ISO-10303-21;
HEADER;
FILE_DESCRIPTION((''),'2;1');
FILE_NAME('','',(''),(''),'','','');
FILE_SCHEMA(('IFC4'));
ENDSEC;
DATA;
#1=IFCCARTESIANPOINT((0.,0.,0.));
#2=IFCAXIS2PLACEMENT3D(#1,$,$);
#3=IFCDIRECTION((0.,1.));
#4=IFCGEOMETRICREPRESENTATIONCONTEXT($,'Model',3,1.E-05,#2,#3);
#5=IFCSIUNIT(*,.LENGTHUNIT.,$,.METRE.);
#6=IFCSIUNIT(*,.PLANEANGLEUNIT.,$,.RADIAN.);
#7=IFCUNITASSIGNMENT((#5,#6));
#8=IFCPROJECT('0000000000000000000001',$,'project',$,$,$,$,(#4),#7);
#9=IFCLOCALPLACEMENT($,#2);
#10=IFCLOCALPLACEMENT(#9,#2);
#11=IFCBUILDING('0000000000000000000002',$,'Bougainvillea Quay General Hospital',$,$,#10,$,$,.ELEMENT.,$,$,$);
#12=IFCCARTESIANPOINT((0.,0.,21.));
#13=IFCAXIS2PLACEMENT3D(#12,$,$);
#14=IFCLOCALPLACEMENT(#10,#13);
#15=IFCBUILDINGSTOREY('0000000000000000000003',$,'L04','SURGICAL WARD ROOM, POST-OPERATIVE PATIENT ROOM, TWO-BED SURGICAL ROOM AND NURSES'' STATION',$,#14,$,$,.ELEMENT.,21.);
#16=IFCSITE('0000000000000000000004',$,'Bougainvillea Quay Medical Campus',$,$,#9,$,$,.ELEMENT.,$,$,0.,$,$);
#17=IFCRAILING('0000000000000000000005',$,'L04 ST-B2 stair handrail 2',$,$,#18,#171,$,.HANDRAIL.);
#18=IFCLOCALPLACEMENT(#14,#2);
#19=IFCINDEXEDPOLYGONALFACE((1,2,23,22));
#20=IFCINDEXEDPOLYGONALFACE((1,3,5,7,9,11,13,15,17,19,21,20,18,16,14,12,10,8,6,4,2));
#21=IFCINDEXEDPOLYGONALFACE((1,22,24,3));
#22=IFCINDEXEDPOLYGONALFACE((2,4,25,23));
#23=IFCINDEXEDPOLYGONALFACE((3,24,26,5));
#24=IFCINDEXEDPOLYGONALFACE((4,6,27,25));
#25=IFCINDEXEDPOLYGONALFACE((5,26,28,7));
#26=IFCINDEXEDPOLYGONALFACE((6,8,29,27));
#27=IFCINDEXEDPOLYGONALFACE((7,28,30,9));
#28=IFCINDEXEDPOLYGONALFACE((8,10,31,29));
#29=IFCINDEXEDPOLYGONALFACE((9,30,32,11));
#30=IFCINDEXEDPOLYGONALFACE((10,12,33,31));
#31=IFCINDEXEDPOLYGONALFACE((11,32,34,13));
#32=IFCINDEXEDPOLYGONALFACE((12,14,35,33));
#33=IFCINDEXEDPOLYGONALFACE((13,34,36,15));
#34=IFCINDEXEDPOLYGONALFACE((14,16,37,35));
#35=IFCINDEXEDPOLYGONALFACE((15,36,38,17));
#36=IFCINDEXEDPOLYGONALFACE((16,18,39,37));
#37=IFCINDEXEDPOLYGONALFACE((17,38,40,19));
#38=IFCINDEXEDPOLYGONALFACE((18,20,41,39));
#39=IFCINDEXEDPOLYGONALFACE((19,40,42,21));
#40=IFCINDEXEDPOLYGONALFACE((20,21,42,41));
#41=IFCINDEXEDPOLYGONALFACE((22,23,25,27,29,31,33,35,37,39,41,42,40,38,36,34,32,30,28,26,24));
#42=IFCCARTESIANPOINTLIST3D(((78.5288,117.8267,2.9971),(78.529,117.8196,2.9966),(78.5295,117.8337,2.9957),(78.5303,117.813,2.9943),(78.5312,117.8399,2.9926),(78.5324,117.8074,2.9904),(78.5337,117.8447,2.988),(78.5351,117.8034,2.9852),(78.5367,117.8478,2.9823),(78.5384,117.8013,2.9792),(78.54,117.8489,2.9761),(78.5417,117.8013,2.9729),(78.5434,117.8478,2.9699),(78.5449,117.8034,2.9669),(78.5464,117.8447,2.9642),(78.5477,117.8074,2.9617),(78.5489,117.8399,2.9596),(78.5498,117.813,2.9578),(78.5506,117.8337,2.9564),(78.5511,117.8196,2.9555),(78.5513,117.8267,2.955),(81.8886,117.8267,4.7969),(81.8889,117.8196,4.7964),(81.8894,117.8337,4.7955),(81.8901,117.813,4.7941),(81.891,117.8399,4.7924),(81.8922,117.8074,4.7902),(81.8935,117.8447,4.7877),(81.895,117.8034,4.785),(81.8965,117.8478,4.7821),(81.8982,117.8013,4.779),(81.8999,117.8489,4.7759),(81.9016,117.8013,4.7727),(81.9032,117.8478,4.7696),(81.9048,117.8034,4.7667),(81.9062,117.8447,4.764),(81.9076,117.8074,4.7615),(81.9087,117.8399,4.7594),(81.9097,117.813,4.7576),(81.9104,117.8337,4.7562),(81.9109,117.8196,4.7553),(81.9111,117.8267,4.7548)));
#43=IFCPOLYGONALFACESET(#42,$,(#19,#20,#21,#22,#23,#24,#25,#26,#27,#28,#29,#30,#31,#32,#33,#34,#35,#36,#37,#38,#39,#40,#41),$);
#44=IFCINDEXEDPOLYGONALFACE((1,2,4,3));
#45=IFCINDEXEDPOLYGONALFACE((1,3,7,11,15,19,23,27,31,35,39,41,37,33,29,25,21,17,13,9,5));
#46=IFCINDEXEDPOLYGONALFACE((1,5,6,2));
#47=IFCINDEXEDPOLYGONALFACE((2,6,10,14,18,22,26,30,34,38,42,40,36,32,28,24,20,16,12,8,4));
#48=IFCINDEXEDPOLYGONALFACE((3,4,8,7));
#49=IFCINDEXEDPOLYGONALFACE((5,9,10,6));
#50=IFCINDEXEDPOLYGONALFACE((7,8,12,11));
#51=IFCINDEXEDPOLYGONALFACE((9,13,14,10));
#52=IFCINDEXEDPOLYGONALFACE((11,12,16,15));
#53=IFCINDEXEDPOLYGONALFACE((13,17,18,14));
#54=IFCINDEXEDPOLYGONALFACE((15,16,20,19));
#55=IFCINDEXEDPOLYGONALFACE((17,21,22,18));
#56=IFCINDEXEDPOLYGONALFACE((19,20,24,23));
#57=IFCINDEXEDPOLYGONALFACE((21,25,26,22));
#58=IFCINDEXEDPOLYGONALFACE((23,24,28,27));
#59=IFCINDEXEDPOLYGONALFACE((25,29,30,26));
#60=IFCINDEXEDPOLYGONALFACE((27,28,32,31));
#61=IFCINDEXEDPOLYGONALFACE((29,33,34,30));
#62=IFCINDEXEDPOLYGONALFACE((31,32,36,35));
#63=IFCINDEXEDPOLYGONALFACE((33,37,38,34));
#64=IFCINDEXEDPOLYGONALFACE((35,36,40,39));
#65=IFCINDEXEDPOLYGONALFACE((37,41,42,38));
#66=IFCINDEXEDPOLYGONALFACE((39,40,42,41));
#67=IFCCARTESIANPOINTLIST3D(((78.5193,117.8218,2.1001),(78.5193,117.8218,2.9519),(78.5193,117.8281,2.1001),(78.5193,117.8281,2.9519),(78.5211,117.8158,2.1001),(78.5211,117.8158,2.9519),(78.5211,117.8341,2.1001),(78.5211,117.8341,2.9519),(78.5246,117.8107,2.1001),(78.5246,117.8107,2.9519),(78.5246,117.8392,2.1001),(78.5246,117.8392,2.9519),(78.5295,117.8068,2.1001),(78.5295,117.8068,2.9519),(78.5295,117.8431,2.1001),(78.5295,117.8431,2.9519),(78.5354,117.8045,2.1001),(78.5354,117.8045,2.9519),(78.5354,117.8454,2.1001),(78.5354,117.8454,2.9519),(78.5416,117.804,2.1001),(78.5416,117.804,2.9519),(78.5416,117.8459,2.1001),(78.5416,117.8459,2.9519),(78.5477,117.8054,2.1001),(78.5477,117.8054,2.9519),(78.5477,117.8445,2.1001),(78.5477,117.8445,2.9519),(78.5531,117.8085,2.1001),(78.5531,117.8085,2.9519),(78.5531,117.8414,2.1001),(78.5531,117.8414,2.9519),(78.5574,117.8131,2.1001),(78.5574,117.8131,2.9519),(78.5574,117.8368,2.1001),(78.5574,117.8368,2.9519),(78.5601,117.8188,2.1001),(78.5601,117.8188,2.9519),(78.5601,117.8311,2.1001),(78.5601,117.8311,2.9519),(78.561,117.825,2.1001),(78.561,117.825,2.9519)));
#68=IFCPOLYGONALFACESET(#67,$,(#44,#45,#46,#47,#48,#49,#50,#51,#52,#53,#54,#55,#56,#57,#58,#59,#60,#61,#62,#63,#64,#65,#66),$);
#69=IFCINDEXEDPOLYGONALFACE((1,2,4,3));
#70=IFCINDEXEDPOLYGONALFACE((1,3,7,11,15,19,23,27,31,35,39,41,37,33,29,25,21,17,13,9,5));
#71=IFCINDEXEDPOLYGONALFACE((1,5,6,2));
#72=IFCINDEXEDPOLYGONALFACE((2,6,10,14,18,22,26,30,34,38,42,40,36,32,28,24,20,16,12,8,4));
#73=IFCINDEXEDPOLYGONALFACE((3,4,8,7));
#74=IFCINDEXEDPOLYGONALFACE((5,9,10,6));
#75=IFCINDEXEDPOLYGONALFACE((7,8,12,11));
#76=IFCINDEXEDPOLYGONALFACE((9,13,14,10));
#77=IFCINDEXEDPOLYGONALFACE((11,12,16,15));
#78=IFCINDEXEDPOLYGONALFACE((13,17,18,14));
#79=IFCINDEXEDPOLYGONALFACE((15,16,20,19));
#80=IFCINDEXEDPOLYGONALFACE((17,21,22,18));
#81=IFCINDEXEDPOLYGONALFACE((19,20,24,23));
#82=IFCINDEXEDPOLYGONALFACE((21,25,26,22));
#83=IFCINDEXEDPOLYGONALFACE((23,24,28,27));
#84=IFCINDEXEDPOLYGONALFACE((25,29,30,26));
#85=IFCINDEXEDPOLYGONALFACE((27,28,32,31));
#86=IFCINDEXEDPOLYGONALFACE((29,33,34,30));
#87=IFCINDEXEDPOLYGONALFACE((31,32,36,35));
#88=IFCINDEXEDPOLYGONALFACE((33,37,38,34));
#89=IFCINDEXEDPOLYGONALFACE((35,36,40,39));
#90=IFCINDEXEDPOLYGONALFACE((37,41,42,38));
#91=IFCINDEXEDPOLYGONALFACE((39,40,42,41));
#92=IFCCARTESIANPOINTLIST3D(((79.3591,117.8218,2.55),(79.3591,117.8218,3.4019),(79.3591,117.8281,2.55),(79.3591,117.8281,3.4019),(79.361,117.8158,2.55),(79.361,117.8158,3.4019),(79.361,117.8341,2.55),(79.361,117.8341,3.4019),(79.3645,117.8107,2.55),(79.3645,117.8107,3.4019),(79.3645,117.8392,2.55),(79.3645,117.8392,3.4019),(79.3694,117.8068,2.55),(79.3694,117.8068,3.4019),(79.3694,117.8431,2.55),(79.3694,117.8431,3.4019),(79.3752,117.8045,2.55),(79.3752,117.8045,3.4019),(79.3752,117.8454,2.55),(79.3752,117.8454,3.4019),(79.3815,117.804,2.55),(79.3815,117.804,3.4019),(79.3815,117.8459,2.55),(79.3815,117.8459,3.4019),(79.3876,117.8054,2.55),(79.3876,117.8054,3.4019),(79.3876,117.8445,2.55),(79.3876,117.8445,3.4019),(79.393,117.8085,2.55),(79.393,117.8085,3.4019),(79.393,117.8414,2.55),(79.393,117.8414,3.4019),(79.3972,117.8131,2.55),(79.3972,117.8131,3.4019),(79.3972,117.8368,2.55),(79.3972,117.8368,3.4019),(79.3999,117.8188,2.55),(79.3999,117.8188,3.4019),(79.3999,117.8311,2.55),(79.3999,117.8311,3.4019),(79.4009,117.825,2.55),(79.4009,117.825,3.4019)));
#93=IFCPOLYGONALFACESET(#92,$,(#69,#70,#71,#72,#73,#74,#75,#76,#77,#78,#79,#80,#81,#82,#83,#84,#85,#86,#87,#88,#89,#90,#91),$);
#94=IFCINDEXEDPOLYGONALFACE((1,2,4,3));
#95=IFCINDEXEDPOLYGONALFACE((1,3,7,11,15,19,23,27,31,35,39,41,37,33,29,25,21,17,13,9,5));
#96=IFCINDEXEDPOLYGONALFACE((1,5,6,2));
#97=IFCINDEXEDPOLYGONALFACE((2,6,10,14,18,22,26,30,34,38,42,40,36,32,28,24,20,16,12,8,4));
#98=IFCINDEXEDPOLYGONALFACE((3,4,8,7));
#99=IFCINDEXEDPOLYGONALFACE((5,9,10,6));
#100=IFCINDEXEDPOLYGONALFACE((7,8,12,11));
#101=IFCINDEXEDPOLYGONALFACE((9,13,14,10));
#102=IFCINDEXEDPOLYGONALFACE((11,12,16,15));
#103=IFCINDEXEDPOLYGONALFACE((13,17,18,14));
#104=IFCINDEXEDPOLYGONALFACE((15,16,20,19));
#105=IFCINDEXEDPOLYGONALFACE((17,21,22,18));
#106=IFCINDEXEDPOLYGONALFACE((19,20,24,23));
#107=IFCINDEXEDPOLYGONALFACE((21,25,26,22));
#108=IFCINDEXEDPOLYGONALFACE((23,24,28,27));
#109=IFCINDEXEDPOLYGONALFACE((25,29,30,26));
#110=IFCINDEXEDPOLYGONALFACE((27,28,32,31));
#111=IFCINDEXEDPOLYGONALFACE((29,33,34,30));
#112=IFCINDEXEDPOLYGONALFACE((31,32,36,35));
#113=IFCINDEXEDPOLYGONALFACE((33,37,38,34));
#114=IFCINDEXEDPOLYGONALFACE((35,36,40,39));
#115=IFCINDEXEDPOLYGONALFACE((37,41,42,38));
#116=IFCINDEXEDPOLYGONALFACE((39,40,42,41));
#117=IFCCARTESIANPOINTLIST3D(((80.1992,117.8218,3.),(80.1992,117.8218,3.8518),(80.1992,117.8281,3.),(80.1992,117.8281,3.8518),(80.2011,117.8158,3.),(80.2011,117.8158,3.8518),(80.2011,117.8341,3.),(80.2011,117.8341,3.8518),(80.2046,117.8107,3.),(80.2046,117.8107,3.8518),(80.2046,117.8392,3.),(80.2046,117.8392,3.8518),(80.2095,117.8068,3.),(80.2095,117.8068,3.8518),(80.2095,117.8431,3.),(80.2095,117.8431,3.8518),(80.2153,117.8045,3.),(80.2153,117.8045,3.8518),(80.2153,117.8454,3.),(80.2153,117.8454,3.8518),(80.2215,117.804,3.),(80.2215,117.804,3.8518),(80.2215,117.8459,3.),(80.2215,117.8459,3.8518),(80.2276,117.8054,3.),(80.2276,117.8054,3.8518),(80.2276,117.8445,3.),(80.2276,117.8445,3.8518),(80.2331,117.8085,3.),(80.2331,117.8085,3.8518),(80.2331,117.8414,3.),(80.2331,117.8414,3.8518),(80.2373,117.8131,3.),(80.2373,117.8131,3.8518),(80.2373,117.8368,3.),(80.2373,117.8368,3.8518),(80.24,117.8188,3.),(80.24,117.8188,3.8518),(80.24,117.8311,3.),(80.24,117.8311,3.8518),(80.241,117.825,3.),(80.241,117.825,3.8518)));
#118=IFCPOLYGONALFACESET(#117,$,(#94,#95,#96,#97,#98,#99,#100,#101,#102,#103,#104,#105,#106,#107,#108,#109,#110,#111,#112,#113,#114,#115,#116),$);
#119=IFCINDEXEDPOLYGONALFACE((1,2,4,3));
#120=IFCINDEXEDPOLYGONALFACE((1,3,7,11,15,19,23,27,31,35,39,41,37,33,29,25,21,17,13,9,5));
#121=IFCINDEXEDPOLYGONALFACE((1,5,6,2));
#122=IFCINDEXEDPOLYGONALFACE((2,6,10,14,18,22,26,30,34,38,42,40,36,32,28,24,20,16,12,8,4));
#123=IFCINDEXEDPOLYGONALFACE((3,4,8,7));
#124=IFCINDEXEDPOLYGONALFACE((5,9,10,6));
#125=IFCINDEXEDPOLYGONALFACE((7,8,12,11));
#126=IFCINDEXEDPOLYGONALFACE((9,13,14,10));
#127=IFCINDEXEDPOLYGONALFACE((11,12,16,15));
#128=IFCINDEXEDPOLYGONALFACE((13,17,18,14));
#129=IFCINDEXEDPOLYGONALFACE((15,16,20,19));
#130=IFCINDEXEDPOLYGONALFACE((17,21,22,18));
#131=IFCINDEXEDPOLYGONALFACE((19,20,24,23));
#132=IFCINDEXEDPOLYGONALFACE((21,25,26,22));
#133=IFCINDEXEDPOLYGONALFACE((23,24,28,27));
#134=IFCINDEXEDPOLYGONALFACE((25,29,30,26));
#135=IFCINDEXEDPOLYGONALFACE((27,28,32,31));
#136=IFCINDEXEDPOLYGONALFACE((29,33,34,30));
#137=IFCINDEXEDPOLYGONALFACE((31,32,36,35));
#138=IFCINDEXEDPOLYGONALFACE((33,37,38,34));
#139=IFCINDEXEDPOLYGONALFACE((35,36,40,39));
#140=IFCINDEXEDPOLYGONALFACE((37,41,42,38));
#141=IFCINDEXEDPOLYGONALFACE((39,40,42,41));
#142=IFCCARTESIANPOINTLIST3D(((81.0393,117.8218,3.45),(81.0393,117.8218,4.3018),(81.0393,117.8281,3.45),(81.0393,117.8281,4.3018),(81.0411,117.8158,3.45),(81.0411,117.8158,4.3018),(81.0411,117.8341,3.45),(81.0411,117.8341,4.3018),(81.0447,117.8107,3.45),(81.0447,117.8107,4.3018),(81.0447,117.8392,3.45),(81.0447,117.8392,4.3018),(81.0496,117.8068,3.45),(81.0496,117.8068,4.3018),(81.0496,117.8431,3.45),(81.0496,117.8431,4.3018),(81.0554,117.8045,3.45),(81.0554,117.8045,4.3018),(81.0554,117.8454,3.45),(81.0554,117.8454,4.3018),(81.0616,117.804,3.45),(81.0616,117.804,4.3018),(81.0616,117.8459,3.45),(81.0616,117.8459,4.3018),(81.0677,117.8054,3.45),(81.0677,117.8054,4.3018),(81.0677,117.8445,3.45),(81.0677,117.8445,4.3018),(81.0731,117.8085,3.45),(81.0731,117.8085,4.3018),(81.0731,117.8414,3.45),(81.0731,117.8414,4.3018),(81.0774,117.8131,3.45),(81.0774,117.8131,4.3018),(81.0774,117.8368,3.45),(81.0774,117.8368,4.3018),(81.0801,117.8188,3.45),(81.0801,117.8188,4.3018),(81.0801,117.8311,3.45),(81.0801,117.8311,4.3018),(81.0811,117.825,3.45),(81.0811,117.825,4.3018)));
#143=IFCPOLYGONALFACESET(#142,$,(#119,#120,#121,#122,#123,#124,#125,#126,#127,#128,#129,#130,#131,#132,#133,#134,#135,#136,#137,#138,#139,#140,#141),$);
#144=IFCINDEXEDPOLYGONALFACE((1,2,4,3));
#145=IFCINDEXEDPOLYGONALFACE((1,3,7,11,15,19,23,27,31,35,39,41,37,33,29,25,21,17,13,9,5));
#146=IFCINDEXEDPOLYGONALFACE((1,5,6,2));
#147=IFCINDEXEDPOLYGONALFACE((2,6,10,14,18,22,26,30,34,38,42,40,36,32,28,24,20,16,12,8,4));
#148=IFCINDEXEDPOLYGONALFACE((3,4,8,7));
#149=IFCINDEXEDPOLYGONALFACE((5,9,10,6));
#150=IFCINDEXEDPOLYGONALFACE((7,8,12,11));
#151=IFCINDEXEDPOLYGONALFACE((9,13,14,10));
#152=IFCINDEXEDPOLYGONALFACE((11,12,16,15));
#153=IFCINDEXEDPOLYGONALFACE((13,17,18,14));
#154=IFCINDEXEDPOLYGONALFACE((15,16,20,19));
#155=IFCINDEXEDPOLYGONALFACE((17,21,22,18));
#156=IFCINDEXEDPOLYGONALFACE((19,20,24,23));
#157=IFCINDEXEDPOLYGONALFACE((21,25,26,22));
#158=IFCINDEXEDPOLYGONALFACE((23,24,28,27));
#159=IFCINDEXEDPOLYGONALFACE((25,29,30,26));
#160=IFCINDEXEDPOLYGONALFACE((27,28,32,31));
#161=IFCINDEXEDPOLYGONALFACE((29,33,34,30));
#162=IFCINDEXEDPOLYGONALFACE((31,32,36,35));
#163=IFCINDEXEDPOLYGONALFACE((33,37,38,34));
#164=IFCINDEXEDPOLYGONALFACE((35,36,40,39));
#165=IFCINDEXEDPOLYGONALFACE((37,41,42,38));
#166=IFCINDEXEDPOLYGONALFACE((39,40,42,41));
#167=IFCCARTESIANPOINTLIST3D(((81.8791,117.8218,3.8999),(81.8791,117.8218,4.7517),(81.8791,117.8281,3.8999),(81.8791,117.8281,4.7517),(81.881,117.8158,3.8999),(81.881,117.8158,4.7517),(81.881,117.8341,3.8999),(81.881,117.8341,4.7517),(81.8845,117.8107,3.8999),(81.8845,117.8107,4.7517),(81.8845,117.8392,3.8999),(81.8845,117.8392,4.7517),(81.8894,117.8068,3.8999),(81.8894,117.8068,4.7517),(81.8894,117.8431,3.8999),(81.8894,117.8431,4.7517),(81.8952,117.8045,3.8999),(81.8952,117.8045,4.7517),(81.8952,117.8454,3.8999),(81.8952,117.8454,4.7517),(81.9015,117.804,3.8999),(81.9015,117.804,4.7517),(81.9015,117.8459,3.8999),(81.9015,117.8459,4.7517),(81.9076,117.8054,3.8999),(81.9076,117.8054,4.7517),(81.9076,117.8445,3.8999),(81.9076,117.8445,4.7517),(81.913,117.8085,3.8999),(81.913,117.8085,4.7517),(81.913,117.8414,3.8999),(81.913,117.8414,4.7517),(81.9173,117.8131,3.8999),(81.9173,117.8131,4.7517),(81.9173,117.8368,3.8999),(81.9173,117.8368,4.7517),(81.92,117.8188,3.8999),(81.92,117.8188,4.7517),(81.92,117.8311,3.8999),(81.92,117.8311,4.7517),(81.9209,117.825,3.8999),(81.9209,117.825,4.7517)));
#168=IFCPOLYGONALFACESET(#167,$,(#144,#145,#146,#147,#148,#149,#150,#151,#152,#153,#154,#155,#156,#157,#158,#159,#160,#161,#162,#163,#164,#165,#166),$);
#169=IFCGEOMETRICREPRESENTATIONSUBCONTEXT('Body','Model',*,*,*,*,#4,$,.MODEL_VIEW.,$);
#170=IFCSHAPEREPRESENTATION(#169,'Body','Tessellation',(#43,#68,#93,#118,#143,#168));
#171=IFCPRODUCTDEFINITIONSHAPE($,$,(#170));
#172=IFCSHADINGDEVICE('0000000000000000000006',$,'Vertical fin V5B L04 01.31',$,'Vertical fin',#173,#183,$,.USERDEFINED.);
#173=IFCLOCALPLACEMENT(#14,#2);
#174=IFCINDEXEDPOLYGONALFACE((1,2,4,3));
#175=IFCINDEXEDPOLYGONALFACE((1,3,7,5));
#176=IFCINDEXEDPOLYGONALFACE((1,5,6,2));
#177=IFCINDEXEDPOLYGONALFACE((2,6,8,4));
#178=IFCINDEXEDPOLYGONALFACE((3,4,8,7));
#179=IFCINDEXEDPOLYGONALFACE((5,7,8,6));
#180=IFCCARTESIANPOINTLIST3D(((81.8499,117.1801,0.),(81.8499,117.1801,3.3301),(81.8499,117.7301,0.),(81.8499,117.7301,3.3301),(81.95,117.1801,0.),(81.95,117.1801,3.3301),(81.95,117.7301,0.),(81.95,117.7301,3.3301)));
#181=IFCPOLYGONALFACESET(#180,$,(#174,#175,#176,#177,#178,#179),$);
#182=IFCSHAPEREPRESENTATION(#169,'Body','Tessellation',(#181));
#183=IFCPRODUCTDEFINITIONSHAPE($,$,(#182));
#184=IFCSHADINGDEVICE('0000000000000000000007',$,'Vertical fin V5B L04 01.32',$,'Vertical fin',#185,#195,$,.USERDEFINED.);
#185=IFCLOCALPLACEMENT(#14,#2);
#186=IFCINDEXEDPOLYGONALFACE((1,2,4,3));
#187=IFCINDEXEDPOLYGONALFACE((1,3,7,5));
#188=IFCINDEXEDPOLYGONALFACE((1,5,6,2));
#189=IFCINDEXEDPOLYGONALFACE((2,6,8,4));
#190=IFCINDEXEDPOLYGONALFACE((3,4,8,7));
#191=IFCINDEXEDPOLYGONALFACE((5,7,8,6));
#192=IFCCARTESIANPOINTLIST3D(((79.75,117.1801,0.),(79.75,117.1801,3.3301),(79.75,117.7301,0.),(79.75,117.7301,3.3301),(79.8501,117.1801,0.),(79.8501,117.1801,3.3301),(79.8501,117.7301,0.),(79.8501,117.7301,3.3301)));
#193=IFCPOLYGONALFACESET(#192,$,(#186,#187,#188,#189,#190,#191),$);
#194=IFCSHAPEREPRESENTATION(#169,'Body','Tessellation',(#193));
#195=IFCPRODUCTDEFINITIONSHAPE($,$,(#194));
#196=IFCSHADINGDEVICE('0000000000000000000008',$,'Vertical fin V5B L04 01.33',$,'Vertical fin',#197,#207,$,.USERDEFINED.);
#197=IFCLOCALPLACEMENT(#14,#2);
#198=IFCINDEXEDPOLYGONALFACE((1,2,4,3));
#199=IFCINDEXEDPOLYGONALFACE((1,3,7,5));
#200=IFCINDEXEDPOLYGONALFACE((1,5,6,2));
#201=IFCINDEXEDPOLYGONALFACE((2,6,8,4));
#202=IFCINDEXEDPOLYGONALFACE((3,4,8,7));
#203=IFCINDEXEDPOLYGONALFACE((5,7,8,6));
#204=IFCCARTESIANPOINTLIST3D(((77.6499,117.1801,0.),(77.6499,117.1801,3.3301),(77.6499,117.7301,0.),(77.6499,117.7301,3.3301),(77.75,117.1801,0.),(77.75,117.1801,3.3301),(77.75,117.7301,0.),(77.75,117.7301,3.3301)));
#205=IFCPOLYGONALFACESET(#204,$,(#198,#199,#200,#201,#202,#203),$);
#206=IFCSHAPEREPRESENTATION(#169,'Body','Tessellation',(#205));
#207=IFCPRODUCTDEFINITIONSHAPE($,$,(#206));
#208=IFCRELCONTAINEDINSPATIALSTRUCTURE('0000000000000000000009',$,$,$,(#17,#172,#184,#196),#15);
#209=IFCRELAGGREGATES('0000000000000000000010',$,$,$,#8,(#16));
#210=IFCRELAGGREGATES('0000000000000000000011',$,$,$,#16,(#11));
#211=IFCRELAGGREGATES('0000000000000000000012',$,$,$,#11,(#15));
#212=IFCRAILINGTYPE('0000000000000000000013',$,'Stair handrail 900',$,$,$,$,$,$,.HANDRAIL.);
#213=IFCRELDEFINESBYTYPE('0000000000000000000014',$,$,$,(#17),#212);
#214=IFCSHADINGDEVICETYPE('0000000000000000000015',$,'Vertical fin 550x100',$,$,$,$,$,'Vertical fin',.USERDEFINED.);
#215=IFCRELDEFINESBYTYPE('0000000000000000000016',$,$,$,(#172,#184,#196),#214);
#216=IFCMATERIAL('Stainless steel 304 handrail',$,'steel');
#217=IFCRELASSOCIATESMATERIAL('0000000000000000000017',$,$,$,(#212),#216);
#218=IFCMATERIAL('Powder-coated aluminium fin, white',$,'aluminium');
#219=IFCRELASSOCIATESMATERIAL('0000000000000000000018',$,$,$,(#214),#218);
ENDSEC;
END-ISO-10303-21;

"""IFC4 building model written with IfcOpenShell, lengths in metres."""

from ifc_helpers import new_model, si_unit, direction, frame, origin, origin_2d, place, context, subcontext, project, spatial, rectangle, circle, extrude, material, material_profile, profile_set, type_object, element, save


model = new_model("IFC4")

# Units and contexts
model_context = context("Model", 3, precision=1e-05, world=origin(), true_north=direction((0.0, 1.0)))
body_context = subcontext(model_context, "Body", "Model", "MODEL_VIEW")
ifc_project = project(units=[si_unit("LENGTHUNIT", "METRE"), si_unit("PLANEANGLEUNIT", "RADIAN")], contexts=[model_context])

# Site, building, storey
site_placement = place(None, origin())
site = spatial("IfcSite", under=ifc_project, at=site_placement, Name="Bougainvillea Quay Medical Campus", CompositionType="ELEMENT", RefElevation=0.0)
building_placement = place(site_placement, origin())
building = spatial("IfcBuilding", under=site, at=building_placement, Name="Bougainvillea Quay General Hospital", CompositionType="ELEMENT")
storey_placement = place(building_placement, frame((0.0, 0.0, 21.0)))
storey = spatial("IfcBuildingStorey", under=building, at=storey_placement, Name="L04", Description="SURGICAL WARD ROOM, POST-OPERATIVE PATIENT ROOM, TWO-BED SURGICAL ROOM AND NURSES' STATION", CompositionType="ELEMENT", Elevation=21.0)

# Railing
ifc_material_1 = material(Name="Stainless steel 304 handrail", Category="steel")
railing_type_1 = type_object("IfcRailingType", Name="Stair handrail 900", PredefinedType="HANDRAIL", material=ifc_material_1)
railing_1_placement = place(storey_placement, frame((78.54, 117.825, 2.1001)))
element("IfcRailing", 1, at=railing_1_placement, inside=storey, type_object=railing_type_1, Name="L04 ST-B2 stair handrail 2", PredefinedType="HANDRAIL", context=body_context, shape_type="SweptSolid", body=[
    extrude(circle(Radius=0.0239, at=origin_2d()), frame((0.0, 0.0, 0.876), z_axis=(0.881493, 0.0, 0.472197), x_axis=(0.0, 1.0, 0.0)), (0.0, 0.0, 1.0), 3.8115),
    extrude(circle(Radius=0.021, at=origin_2d()), origin(), (0.0, 0.0, 1.0), 0.8518),
    extrude(circle(Radius=0.021, at=origin_2d()), frame((0.8398, 0.0, 0.45)), (0.0, 0.0, 1.0), 0.8518),
    extrude(circle(Radius=0.021, at=origin_2d()), frame((1.6799, 0.0, 0.8999)), (0.0, 0.0, 1.0), 0.8518),
    extrude(circle(Radius=0.021, at=origin_2d()), frame((2.52, 0.0, 1.3499)), (0.0, 0.0, 1.0), 0.8518),
    extrude(circle(Radius=0.021, at=origin_2d()), frame((3.3599, 0.0, 1.7998)), (0.0, 0.0, 1.0), 0.8518),
])

# Shading devices
ifc_material_2 = material(Name="Powder-coated aluminium fin, white", Category="aluminium")
ifc_material_profile_1 = material_profile(ifc_material_2, rectangle(XDim=0.55, YDim=0.1001, at=origin_2d()))
ifc_profile_set_1 = profile_set([ifc_material_profile_1], Name="Powder-coated aluminium fin, white")
shading_device_type = type_object("IfcShadingDeviceType", Name="Vertical fin 550x100", ElementType="Vertical fin", PredefinedType="USERDEFINED", material=ifc_profile_set_1)
for number, where, z_axis, x_axis, name in (
    (2, (81.8999, 117.4551, 0.0), (0.0, 0.0, 1.0), (0.0, -1.0, 0.0), "Vertical fin V5B L04 01.31"),
    (3, (79.8, 117.4551, 0.0), (0.0, 0.0, 1.0), (0.0, -1.0, 0.0), "Vertical fin V5B L04 01.32"),
    (4, (77.7, 117.4551, 0.0), (0.0, 0.0, 1.0), (0.0, -1.0, 0.0), "Vertical fin V5B L04 01.33"),
):
    element("IfcShadingDevice", number, at=place(storey_placement, frame(where, z_axis=z_axis, x_axis=x_axis)), inside=storey, type_object=shading_device_type, Name=name, ObjectType="Vertical fin", PredefinedType="USERDEFINED", context=body_context, shape_type="SweptSolid", body=[
        extrude(rectangle(XDim=0.55, YDim=0.1001, at=origin_2d()), origin(), (0.0, 0.0, 1.0), 3.3301),
    ])

save(model, "model.ifc")
